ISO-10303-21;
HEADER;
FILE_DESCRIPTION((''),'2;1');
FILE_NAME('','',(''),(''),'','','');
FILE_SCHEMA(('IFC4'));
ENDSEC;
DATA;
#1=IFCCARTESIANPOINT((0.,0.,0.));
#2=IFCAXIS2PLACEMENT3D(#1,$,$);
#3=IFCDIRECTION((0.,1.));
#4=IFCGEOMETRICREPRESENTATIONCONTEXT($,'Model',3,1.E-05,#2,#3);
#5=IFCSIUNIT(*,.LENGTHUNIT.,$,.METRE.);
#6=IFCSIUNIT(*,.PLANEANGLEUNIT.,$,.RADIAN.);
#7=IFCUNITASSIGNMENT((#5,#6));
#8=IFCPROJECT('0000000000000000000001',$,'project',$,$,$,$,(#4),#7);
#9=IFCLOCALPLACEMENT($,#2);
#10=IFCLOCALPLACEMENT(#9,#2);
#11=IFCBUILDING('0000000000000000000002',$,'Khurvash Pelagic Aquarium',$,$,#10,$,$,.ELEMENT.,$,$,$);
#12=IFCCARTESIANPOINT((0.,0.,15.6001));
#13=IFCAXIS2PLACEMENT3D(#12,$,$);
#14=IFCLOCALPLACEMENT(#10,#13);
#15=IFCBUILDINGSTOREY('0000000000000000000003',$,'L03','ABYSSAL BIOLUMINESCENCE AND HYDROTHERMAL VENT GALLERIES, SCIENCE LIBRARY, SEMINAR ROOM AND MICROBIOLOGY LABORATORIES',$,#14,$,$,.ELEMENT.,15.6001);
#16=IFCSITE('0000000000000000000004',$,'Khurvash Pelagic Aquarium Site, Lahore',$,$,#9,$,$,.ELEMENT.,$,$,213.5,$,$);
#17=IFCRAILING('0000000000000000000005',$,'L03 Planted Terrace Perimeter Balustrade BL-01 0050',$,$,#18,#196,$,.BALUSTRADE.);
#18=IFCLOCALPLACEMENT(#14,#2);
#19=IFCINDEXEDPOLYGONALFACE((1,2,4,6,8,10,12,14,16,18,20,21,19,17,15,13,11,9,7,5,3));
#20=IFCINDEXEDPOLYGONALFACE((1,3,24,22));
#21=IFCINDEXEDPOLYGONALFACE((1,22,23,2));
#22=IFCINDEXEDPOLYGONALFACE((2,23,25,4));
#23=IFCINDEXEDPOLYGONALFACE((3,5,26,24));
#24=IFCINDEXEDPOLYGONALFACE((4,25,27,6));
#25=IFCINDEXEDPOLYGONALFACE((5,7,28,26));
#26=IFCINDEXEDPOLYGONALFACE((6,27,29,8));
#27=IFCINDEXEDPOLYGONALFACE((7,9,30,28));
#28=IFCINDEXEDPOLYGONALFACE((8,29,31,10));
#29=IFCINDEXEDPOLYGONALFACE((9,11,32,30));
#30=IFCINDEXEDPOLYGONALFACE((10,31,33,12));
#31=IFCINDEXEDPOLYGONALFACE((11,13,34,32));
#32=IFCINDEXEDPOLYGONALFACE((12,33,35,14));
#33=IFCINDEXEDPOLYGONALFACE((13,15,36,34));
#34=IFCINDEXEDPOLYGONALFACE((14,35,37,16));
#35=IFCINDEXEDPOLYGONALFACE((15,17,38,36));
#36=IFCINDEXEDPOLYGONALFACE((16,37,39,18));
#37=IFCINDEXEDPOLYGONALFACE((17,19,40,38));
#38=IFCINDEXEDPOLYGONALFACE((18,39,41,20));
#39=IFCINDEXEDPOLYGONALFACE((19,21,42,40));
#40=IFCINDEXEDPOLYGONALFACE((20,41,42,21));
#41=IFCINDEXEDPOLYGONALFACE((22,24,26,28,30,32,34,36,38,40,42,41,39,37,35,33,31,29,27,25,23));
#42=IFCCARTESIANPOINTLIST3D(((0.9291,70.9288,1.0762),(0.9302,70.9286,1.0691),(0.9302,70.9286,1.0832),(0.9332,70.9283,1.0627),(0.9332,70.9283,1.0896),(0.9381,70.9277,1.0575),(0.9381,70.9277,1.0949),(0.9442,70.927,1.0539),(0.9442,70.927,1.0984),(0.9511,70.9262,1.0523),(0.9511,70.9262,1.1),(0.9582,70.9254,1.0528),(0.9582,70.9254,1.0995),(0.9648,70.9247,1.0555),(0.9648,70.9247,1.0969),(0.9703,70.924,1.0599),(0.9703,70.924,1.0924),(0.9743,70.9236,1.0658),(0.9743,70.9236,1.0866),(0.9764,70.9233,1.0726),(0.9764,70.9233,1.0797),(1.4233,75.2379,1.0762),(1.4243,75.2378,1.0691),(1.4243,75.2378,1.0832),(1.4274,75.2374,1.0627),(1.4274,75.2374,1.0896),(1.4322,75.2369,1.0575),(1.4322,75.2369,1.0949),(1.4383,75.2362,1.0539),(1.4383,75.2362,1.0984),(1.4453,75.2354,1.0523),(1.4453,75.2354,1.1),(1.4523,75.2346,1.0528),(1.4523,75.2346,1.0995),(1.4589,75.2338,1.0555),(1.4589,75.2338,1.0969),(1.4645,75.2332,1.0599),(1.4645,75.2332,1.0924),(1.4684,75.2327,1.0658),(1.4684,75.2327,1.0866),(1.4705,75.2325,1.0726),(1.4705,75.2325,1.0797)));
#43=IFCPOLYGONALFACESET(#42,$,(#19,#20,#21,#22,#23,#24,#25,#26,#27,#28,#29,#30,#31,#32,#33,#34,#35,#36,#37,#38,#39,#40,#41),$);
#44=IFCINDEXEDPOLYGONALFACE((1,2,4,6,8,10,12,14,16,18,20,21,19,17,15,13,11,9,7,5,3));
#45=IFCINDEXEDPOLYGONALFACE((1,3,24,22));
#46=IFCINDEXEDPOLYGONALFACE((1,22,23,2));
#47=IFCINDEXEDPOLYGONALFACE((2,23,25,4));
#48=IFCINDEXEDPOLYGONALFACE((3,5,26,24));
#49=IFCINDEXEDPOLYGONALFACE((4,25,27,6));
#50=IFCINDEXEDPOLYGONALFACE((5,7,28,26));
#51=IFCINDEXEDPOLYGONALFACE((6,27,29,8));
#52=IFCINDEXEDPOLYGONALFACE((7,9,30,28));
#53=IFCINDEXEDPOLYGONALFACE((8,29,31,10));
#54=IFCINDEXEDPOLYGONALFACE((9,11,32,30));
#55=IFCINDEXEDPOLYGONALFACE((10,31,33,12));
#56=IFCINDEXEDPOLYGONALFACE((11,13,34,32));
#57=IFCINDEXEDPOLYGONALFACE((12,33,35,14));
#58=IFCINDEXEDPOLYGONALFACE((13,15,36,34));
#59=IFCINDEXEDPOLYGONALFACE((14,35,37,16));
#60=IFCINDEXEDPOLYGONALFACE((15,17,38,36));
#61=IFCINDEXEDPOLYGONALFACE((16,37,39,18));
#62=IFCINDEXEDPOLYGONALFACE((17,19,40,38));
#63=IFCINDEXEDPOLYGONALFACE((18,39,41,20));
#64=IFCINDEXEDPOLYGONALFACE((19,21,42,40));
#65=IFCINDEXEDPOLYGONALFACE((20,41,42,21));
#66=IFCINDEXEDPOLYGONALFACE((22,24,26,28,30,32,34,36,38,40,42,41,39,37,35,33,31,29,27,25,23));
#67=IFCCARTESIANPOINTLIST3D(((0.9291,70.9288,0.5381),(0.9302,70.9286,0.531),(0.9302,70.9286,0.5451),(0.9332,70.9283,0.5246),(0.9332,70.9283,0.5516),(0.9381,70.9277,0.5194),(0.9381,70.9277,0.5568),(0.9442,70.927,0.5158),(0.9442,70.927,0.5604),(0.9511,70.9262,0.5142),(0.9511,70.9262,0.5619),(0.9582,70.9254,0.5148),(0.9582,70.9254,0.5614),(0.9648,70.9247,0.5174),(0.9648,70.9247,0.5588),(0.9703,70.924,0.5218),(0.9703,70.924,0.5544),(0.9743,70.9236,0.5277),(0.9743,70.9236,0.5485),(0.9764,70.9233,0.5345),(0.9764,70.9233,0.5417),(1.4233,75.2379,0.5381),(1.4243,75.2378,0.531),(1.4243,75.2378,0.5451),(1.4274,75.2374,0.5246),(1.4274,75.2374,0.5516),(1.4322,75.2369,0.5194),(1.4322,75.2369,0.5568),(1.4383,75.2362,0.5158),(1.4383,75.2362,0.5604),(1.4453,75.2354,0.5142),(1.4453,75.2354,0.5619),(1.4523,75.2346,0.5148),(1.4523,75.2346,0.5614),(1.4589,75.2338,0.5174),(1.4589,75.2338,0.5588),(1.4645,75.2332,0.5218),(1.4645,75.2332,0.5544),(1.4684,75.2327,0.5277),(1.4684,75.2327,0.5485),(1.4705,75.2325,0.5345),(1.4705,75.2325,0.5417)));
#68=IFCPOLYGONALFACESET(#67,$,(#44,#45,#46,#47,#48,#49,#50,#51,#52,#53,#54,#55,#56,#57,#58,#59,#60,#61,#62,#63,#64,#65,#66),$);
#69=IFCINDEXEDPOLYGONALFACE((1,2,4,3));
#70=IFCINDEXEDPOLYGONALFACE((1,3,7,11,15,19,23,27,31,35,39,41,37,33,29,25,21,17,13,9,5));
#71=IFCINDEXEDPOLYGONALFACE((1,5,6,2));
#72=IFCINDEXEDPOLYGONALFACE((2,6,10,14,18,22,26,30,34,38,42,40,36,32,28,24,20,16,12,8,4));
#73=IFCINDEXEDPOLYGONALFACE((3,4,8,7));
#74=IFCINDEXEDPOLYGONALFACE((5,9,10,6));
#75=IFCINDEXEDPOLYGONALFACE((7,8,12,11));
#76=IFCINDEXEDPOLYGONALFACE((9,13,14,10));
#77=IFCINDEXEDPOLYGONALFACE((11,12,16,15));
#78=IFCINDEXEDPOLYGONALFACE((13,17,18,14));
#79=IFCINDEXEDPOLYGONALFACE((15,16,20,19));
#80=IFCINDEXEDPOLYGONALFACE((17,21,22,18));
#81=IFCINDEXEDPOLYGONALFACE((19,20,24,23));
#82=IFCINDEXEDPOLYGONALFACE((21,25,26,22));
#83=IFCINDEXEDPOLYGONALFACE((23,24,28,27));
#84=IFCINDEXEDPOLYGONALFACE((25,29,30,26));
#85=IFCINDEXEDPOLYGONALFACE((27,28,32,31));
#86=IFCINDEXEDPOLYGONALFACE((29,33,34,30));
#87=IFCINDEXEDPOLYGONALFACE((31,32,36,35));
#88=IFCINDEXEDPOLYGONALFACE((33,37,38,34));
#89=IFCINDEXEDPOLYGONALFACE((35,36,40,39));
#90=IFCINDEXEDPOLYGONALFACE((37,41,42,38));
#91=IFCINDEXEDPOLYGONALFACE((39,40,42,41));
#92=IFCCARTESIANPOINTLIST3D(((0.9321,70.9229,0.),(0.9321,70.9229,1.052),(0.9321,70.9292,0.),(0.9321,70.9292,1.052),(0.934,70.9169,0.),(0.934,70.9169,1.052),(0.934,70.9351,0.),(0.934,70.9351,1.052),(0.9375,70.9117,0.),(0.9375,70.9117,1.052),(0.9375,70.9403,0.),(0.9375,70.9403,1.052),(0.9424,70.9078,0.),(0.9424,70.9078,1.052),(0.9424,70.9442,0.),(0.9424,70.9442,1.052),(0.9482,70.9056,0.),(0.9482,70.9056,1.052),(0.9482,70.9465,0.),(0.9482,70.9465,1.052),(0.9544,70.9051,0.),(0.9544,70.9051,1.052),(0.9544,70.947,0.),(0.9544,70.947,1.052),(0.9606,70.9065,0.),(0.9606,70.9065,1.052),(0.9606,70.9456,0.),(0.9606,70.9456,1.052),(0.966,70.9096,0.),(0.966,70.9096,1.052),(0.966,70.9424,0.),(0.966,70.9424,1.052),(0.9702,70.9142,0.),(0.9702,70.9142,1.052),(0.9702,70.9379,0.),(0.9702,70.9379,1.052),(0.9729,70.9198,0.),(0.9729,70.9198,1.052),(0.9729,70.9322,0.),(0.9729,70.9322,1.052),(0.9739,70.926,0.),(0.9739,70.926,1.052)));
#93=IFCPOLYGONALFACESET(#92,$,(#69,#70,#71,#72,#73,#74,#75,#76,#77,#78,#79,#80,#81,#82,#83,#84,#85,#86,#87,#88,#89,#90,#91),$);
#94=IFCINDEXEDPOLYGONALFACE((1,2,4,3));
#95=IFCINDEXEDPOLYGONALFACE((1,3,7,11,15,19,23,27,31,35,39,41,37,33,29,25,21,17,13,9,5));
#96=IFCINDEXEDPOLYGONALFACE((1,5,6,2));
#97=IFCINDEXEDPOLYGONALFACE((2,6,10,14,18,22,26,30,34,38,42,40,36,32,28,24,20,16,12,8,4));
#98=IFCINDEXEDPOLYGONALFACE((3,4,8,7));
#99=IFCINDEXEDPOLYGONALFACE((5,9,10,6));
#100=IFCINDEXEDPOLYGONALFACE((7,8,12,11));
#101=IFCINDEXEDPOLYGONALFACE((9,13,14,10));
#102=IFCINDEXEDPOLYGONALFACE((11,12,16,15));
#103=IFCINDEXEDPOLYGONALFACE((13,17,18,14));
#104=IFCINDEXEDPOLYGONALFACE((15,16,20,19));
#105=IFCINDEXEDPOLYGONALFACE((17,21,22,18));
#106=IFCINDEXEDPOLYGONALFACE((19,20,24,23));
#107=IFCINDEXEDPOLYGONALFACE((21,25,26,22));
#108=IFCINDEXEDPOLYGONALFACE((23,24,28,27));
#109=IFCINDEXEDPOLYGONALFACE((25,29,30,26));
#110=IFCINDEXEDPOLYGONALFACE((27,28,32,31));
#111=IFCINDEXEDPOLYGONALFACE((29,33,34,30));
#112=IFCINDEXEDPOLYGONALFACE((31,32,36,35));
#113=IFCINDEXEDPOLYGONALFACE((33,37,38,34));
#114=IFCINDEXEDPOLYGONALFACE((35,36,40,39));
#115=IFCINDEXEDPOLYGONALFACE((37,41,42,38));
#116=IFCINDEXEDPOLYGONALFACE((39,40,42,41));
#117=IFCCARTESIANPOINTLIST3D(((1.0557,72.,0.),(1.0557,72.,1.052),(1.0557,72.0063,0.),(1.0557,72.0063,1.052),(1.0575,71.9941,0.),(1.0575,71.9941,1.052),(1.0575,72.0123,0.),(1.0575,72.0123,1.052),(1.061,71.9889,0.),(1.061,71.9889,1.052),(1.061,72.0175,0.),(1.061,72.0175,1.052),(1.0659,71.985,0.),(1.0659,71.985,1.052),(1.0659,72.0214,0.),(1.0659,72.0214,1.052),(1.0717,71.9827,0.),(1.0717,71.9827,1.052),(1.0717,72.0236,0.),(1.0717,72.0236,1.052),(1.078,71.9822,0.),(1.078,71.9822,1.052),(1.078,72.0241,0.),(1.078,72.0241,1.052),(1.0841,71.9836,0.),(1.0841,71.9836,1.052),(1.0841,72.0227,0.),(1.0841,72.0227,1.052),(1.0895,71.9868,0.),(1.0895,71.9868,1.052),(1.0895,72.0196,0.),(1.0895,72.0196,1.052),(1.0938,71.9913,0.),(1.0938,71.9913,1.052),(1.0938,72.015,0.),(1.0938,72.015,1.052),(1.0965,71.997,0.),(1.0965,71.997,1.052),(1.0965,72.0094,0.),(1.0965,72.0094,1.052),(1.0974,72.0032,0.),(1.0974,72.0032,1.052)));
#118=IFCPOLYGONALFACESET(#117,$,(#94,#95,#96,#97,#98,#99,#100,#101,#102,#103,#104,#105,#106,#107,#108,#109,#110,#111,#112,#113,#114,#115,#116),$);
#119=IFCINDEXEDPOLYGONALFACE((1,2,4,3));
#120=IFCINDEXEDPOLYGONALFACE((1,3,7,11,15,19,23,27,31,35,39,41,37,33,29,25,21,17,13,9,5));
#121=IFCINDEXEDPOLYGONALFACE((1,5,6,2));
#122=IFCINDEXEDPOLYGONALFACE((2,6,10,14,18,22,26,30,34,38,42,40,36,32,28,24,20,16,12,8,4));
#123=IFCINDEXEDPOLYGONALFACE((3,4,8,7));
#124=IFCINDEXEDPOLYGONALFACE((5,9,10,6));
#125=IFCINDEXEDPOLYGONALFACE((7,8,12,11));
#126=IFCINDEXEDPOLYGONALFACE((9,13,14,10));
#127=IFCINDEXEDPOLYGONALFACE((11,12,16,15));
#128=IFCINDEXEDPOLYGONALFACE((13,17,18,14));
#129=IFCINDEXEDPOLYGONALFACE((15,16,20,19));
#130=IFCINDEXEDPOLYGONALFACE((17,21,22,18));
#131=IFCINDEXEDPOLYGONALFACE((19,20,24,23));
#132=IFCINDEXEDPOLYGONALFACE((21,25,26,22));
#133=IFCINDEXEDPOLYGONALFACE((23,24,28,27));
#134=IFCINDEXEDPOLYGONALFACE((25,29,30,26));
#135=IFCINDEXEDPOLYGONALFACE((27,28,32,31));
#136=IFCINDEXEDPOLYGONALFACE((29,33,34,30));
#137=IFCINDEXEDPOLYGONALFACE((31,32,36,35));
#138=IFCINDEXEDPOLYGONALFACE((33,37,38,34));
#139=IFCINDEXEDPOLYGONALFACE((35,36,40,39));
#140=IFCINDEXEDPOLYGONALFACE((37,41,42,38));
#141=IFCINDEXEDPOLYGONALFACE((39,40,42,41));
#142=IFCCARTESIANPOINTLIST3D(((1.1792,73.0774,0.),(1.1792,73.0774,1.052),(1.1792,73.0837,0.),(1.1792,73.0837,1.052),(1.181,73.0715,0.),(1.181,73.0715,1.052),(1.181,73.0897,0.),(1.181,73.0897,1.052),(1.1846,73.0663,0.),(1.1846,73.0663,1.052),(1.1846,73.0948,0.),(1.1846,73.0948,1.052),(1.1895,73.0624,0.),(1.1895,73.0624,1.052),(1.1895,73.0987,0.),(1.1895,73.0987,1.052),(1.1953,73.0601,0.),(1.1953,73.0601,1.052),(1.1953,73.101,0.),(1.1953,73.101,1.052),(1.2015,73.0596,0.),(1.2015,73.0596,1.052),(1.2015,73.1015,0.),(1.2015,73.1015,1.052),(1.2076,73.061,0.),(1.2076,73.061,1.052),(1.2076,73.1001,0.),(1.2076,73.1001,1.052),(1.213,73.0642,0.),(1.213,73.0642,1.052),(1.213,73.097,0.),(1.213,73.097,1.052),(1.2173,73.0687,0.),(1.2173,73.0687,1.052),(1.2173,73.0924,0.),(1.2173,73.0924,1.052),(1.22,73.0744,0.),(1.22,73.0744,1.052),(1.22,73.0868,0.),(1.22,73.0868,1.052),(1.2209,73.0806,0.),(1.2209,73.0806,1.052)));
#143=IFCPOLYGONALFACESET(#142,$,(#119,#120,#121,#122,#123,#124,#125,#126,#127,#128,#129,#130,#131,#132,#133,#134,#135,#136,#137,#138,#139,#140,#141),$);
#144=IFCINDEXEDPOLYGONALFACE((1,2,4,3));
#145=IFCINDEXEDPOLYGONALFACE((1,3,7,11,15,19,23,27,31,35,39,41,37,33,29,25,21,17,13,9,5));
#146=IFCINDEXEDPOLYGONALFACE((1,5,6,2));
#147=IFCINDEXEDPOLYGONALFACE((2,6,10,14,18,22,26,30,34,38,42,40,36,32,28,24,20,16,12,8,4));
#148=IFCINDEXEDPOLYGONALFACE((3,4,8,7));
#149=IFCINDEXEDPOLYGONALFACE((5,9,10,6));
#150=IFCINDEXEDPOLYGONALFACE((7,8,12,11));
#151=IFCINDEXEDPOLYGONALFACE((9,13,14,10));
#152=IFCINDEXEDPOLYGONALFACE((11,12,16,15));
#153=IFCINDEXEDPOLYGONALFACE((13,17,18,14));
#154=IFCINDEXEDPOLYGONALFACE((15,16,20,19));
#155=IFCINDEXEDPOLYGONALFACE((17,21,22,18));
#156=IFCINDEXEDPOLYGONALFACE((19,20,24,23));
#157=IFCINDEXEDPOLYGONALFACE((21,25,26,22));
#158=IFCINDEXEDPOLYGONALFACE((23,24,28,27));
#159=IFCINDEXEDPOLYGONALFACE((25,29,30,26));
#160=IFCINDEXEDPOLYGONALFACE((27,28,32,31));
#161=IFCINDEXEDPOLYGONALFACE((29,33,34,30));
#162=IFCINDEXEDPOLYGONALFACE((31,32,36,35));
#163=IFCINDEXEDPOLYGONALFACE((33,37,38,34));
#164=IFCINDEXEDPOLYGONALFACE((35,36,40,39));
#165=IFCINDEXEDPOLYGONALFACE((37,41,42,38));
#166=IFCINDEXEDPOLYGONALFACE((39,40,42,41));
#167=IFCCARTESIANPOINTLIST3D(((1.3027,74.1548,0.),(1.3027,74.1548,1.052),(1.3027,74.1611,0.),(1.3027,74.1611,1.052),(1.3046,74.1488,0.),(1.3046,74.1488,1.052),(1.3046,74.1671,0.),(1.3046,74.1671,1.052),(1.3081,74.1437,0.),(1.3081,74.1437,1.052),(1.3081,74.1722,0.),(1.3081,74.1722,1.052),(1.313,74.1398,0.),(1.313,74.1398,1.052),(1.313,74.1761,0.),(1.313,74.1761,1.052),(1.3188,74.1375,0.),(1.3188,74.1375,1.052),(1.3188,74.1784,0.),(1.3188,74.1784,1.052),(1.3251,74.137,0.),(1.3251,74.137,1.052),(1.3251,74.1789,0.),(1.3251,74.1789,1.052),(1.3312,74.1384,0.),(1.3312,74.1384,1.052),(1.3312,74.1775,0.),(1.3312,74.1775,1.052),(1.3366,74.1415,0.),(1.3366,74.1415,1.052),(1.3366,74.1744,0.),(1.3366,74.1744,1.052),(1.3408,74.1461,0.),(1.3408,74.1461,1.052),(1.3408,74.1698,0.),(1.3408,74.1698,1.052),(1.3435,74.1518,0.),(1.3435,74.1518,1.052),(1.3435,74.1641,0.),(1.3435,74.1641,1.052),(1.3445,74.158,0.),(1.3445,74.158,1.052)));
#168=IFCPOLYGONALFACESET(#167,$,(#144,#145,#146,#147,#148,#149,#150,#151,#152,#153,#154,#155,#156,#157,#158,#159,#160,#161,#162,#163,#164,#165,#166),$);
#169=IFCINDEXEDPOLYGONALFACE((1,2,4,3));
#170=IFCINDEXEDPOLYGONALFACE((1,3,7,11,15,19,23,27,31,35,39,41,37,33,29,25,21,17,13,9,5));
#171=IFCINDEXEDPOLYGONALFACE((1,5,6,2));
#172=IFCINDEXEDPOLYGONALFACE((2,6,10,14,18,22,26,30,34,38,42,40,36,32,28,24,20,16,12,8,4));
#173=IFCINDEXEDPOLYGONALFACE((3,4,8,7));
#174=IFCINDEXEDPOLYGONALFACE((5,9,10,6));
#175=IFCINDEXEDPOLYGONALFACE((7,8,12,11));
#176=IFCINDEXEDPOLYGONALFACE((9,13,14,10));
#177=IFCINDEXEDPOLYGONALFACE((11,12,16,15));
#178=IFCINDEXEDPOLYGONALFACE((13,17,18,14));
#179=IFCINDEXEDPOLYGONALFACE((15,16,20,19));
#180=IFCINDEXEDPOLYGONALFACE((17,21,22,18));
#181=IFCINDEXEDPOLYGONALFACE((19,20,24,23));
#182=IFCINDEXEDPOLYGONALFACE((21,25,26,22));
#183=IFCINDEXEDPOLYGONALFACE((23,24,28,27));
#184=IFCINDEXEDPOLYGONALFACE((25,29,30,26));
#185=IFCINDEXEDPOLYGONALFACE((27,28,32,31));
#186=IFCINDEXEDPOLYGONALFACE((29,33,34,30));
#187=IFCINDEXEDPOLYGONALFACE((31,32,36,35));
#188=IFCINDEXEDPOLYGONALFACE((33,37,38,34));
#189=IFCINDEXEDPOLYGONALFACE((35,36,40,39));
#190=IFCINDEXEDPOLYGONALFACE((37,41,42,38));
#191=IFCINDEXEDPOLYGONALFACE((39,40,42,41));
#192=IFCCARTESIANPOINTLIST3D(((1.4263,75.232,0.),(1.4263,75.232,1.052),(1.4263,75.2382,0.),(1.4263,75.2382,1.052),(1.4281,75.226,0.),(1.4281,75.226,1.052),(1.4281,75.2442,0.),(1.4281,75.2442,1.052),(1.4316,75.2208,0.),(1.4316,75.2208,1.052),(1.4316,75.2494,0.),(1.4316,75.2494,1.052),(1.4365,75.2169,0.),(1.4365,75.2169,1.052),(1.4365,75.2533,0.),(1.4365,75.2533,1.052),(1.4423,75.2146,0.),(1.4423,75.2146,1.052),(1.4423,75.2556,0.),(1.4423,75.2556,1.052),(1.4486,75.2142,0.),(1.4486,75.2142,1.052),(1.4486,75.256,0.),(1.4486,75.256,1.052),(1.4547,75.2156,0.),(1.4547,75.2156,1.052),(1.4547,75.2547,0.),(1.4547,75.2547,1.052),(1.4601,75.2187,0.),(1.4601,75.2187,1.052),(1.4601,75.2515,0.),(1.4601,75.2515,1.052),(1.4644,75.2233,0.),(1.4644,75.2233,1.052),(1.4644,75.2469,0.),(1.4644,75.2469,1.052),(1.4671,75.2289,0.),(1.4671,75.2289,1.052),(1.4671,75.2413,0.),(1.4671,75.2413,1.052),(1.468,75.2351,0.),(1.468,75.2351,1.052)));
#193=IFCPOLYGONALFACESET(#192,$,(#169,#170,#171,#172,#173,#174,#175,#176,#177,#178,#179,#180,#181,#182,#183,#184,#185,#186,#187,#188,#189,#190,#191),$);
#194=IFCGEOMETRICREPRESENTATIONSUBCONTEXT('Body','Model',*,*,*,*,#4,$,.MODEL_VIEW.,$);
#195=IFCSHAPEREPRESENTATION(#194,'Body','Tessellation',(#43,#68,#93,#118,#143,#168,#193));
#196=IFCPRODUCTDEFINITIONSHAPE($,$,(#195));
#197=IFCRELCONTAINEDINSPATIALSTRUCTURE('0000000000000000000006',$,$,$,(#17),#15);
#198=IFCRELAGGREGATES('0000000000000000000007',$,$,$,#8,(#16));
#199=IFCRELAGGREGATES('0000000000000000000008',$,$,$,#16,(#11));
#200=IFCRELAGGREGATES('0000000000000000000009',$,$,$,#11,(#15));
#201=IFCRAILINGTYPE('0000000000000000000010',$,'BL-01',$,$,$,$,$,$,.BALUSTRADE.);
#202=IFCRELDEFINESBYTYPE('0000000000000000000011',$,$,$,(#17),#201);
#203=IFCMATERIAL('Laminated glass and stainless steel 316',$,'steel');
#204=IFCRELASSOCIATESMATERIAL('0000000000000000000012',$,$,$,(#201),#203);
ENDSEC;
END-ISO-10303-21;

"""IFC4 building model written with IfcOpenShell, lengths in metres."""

from ifc_helpers import new_model, si_unit, direction, frame, origin, origin_2d, place, context, subcontext, project, spatial, circle, extrude, material, type_object, element, save


model = new_model("IFC4")

# Units and contexts
model_context = context("Model", 3, precision=1e-05, world=origin(), true_north=direction((0.0, 1.0)))
body_context = subcontext(model_context, "Body", "Model", "MODEL_VIEW")
ifc_project = project(units=[si_unit("LENGTHUNIT", "METRE"), si_unit("PLANEANGLEUNIT", "RADIAN")], contexts=[model_context])

# Site, building, storey
site_placement = place(None, origin())
site = spatial("IfcSite", under=ifc_project, at=site_placement, Name="Khurvash Pelagic Aquarium Site, Lahore", CompositionType="ELEMENT", RefElevation=213.5)
building_placement = place(site_placement, origin())
building = spatial("IfcBuilding", under=site, at=building_placement, Name="Khurvash Pelagic Aquarium", CompositionType="ELEMENT")
storey_placement = place(building_placement, frame((0.0, 0.0, 15.6001)))
storey = spatial("IfcBuildingStorey", under=building, at=storey_placement, Name="L03", Description="ABYSSAL BIOLUMINESCENCE AND HYDROTHERMAL VENT GALLERIES, SCIENCE LIBRARY, SEMINAR ROOM AND MICROBIOLOGY LABORATORIES", CompositionType="ELEMENT", Elevation=15.6001)

# Railing
ifc_material_1 = material(Name="Laminated glass and stainless steel 316", Category="steel")
railing_type_1 = type_object("IfcRailingType", Name="BL-01", PredefinedType="BALUSTRADE", material=ifc_material_1)
railing_1_placement = place(storey_placement, frame((0.9529, 70.926, 0.0)))
element("IfcRailing", 1, at=railing_1_placement, inside=storey, type_object=railing_type_1, Name="L03 Planted Terrace Perimeter Balustrade BL-01 0050", PredefinedType="BALUSTRADE", context=body_context, shape_type="SweptSolid", body=[
    extrude(circle(Radius=0.0239, at=origin_2d()), frame((0.0, 0.0, 1.0762), z_axis=(0.113928, 0.993489, 0.0), x_axis=(-0.993489, 0.113928, 0.0)), (0.0, 0.0, 1.0), 4.3374),
    extrude(circle(Radius=0.0239, at=origin_2d()), frame((0.0, 0.0, 0.5381), z_axis=(0.113928, 0.993489, 0.0), x_axis=(-0.993489, 0.113928, 0.0)), (0.0, 0.0, 1.0), 4.3374),
    extrude(circle(Radius=0.021, at=origin_2d()), origin(), (0.0, 0.0, 1.0), 1.052),
    extrude(circle(Radius=0.021, at=origin_2d()), frame((0.1235, 1.0771, 0.0)), (0.0, 0.0, 1.0), 1.052),
    extrude(circle(Radius=0.021, at=origin_2d()), frame((0.2471, 2.1545, 0.0)), (0.0, 0.0, 1.0), 1.052),
    extrude(circle(Radius=0.021, at=origin_2d()), frame((0.3706, 3.2319, 0.0)), (0.0, 0.0, 1.0), 1.052),
    extrude(circle(Radius=0.021, at=origin_2d()), frame((0.4941, 4.3091, 0.0)), (0.0, 0.0, 1.0), 1.052),
])

save(model, "model.ifc")
